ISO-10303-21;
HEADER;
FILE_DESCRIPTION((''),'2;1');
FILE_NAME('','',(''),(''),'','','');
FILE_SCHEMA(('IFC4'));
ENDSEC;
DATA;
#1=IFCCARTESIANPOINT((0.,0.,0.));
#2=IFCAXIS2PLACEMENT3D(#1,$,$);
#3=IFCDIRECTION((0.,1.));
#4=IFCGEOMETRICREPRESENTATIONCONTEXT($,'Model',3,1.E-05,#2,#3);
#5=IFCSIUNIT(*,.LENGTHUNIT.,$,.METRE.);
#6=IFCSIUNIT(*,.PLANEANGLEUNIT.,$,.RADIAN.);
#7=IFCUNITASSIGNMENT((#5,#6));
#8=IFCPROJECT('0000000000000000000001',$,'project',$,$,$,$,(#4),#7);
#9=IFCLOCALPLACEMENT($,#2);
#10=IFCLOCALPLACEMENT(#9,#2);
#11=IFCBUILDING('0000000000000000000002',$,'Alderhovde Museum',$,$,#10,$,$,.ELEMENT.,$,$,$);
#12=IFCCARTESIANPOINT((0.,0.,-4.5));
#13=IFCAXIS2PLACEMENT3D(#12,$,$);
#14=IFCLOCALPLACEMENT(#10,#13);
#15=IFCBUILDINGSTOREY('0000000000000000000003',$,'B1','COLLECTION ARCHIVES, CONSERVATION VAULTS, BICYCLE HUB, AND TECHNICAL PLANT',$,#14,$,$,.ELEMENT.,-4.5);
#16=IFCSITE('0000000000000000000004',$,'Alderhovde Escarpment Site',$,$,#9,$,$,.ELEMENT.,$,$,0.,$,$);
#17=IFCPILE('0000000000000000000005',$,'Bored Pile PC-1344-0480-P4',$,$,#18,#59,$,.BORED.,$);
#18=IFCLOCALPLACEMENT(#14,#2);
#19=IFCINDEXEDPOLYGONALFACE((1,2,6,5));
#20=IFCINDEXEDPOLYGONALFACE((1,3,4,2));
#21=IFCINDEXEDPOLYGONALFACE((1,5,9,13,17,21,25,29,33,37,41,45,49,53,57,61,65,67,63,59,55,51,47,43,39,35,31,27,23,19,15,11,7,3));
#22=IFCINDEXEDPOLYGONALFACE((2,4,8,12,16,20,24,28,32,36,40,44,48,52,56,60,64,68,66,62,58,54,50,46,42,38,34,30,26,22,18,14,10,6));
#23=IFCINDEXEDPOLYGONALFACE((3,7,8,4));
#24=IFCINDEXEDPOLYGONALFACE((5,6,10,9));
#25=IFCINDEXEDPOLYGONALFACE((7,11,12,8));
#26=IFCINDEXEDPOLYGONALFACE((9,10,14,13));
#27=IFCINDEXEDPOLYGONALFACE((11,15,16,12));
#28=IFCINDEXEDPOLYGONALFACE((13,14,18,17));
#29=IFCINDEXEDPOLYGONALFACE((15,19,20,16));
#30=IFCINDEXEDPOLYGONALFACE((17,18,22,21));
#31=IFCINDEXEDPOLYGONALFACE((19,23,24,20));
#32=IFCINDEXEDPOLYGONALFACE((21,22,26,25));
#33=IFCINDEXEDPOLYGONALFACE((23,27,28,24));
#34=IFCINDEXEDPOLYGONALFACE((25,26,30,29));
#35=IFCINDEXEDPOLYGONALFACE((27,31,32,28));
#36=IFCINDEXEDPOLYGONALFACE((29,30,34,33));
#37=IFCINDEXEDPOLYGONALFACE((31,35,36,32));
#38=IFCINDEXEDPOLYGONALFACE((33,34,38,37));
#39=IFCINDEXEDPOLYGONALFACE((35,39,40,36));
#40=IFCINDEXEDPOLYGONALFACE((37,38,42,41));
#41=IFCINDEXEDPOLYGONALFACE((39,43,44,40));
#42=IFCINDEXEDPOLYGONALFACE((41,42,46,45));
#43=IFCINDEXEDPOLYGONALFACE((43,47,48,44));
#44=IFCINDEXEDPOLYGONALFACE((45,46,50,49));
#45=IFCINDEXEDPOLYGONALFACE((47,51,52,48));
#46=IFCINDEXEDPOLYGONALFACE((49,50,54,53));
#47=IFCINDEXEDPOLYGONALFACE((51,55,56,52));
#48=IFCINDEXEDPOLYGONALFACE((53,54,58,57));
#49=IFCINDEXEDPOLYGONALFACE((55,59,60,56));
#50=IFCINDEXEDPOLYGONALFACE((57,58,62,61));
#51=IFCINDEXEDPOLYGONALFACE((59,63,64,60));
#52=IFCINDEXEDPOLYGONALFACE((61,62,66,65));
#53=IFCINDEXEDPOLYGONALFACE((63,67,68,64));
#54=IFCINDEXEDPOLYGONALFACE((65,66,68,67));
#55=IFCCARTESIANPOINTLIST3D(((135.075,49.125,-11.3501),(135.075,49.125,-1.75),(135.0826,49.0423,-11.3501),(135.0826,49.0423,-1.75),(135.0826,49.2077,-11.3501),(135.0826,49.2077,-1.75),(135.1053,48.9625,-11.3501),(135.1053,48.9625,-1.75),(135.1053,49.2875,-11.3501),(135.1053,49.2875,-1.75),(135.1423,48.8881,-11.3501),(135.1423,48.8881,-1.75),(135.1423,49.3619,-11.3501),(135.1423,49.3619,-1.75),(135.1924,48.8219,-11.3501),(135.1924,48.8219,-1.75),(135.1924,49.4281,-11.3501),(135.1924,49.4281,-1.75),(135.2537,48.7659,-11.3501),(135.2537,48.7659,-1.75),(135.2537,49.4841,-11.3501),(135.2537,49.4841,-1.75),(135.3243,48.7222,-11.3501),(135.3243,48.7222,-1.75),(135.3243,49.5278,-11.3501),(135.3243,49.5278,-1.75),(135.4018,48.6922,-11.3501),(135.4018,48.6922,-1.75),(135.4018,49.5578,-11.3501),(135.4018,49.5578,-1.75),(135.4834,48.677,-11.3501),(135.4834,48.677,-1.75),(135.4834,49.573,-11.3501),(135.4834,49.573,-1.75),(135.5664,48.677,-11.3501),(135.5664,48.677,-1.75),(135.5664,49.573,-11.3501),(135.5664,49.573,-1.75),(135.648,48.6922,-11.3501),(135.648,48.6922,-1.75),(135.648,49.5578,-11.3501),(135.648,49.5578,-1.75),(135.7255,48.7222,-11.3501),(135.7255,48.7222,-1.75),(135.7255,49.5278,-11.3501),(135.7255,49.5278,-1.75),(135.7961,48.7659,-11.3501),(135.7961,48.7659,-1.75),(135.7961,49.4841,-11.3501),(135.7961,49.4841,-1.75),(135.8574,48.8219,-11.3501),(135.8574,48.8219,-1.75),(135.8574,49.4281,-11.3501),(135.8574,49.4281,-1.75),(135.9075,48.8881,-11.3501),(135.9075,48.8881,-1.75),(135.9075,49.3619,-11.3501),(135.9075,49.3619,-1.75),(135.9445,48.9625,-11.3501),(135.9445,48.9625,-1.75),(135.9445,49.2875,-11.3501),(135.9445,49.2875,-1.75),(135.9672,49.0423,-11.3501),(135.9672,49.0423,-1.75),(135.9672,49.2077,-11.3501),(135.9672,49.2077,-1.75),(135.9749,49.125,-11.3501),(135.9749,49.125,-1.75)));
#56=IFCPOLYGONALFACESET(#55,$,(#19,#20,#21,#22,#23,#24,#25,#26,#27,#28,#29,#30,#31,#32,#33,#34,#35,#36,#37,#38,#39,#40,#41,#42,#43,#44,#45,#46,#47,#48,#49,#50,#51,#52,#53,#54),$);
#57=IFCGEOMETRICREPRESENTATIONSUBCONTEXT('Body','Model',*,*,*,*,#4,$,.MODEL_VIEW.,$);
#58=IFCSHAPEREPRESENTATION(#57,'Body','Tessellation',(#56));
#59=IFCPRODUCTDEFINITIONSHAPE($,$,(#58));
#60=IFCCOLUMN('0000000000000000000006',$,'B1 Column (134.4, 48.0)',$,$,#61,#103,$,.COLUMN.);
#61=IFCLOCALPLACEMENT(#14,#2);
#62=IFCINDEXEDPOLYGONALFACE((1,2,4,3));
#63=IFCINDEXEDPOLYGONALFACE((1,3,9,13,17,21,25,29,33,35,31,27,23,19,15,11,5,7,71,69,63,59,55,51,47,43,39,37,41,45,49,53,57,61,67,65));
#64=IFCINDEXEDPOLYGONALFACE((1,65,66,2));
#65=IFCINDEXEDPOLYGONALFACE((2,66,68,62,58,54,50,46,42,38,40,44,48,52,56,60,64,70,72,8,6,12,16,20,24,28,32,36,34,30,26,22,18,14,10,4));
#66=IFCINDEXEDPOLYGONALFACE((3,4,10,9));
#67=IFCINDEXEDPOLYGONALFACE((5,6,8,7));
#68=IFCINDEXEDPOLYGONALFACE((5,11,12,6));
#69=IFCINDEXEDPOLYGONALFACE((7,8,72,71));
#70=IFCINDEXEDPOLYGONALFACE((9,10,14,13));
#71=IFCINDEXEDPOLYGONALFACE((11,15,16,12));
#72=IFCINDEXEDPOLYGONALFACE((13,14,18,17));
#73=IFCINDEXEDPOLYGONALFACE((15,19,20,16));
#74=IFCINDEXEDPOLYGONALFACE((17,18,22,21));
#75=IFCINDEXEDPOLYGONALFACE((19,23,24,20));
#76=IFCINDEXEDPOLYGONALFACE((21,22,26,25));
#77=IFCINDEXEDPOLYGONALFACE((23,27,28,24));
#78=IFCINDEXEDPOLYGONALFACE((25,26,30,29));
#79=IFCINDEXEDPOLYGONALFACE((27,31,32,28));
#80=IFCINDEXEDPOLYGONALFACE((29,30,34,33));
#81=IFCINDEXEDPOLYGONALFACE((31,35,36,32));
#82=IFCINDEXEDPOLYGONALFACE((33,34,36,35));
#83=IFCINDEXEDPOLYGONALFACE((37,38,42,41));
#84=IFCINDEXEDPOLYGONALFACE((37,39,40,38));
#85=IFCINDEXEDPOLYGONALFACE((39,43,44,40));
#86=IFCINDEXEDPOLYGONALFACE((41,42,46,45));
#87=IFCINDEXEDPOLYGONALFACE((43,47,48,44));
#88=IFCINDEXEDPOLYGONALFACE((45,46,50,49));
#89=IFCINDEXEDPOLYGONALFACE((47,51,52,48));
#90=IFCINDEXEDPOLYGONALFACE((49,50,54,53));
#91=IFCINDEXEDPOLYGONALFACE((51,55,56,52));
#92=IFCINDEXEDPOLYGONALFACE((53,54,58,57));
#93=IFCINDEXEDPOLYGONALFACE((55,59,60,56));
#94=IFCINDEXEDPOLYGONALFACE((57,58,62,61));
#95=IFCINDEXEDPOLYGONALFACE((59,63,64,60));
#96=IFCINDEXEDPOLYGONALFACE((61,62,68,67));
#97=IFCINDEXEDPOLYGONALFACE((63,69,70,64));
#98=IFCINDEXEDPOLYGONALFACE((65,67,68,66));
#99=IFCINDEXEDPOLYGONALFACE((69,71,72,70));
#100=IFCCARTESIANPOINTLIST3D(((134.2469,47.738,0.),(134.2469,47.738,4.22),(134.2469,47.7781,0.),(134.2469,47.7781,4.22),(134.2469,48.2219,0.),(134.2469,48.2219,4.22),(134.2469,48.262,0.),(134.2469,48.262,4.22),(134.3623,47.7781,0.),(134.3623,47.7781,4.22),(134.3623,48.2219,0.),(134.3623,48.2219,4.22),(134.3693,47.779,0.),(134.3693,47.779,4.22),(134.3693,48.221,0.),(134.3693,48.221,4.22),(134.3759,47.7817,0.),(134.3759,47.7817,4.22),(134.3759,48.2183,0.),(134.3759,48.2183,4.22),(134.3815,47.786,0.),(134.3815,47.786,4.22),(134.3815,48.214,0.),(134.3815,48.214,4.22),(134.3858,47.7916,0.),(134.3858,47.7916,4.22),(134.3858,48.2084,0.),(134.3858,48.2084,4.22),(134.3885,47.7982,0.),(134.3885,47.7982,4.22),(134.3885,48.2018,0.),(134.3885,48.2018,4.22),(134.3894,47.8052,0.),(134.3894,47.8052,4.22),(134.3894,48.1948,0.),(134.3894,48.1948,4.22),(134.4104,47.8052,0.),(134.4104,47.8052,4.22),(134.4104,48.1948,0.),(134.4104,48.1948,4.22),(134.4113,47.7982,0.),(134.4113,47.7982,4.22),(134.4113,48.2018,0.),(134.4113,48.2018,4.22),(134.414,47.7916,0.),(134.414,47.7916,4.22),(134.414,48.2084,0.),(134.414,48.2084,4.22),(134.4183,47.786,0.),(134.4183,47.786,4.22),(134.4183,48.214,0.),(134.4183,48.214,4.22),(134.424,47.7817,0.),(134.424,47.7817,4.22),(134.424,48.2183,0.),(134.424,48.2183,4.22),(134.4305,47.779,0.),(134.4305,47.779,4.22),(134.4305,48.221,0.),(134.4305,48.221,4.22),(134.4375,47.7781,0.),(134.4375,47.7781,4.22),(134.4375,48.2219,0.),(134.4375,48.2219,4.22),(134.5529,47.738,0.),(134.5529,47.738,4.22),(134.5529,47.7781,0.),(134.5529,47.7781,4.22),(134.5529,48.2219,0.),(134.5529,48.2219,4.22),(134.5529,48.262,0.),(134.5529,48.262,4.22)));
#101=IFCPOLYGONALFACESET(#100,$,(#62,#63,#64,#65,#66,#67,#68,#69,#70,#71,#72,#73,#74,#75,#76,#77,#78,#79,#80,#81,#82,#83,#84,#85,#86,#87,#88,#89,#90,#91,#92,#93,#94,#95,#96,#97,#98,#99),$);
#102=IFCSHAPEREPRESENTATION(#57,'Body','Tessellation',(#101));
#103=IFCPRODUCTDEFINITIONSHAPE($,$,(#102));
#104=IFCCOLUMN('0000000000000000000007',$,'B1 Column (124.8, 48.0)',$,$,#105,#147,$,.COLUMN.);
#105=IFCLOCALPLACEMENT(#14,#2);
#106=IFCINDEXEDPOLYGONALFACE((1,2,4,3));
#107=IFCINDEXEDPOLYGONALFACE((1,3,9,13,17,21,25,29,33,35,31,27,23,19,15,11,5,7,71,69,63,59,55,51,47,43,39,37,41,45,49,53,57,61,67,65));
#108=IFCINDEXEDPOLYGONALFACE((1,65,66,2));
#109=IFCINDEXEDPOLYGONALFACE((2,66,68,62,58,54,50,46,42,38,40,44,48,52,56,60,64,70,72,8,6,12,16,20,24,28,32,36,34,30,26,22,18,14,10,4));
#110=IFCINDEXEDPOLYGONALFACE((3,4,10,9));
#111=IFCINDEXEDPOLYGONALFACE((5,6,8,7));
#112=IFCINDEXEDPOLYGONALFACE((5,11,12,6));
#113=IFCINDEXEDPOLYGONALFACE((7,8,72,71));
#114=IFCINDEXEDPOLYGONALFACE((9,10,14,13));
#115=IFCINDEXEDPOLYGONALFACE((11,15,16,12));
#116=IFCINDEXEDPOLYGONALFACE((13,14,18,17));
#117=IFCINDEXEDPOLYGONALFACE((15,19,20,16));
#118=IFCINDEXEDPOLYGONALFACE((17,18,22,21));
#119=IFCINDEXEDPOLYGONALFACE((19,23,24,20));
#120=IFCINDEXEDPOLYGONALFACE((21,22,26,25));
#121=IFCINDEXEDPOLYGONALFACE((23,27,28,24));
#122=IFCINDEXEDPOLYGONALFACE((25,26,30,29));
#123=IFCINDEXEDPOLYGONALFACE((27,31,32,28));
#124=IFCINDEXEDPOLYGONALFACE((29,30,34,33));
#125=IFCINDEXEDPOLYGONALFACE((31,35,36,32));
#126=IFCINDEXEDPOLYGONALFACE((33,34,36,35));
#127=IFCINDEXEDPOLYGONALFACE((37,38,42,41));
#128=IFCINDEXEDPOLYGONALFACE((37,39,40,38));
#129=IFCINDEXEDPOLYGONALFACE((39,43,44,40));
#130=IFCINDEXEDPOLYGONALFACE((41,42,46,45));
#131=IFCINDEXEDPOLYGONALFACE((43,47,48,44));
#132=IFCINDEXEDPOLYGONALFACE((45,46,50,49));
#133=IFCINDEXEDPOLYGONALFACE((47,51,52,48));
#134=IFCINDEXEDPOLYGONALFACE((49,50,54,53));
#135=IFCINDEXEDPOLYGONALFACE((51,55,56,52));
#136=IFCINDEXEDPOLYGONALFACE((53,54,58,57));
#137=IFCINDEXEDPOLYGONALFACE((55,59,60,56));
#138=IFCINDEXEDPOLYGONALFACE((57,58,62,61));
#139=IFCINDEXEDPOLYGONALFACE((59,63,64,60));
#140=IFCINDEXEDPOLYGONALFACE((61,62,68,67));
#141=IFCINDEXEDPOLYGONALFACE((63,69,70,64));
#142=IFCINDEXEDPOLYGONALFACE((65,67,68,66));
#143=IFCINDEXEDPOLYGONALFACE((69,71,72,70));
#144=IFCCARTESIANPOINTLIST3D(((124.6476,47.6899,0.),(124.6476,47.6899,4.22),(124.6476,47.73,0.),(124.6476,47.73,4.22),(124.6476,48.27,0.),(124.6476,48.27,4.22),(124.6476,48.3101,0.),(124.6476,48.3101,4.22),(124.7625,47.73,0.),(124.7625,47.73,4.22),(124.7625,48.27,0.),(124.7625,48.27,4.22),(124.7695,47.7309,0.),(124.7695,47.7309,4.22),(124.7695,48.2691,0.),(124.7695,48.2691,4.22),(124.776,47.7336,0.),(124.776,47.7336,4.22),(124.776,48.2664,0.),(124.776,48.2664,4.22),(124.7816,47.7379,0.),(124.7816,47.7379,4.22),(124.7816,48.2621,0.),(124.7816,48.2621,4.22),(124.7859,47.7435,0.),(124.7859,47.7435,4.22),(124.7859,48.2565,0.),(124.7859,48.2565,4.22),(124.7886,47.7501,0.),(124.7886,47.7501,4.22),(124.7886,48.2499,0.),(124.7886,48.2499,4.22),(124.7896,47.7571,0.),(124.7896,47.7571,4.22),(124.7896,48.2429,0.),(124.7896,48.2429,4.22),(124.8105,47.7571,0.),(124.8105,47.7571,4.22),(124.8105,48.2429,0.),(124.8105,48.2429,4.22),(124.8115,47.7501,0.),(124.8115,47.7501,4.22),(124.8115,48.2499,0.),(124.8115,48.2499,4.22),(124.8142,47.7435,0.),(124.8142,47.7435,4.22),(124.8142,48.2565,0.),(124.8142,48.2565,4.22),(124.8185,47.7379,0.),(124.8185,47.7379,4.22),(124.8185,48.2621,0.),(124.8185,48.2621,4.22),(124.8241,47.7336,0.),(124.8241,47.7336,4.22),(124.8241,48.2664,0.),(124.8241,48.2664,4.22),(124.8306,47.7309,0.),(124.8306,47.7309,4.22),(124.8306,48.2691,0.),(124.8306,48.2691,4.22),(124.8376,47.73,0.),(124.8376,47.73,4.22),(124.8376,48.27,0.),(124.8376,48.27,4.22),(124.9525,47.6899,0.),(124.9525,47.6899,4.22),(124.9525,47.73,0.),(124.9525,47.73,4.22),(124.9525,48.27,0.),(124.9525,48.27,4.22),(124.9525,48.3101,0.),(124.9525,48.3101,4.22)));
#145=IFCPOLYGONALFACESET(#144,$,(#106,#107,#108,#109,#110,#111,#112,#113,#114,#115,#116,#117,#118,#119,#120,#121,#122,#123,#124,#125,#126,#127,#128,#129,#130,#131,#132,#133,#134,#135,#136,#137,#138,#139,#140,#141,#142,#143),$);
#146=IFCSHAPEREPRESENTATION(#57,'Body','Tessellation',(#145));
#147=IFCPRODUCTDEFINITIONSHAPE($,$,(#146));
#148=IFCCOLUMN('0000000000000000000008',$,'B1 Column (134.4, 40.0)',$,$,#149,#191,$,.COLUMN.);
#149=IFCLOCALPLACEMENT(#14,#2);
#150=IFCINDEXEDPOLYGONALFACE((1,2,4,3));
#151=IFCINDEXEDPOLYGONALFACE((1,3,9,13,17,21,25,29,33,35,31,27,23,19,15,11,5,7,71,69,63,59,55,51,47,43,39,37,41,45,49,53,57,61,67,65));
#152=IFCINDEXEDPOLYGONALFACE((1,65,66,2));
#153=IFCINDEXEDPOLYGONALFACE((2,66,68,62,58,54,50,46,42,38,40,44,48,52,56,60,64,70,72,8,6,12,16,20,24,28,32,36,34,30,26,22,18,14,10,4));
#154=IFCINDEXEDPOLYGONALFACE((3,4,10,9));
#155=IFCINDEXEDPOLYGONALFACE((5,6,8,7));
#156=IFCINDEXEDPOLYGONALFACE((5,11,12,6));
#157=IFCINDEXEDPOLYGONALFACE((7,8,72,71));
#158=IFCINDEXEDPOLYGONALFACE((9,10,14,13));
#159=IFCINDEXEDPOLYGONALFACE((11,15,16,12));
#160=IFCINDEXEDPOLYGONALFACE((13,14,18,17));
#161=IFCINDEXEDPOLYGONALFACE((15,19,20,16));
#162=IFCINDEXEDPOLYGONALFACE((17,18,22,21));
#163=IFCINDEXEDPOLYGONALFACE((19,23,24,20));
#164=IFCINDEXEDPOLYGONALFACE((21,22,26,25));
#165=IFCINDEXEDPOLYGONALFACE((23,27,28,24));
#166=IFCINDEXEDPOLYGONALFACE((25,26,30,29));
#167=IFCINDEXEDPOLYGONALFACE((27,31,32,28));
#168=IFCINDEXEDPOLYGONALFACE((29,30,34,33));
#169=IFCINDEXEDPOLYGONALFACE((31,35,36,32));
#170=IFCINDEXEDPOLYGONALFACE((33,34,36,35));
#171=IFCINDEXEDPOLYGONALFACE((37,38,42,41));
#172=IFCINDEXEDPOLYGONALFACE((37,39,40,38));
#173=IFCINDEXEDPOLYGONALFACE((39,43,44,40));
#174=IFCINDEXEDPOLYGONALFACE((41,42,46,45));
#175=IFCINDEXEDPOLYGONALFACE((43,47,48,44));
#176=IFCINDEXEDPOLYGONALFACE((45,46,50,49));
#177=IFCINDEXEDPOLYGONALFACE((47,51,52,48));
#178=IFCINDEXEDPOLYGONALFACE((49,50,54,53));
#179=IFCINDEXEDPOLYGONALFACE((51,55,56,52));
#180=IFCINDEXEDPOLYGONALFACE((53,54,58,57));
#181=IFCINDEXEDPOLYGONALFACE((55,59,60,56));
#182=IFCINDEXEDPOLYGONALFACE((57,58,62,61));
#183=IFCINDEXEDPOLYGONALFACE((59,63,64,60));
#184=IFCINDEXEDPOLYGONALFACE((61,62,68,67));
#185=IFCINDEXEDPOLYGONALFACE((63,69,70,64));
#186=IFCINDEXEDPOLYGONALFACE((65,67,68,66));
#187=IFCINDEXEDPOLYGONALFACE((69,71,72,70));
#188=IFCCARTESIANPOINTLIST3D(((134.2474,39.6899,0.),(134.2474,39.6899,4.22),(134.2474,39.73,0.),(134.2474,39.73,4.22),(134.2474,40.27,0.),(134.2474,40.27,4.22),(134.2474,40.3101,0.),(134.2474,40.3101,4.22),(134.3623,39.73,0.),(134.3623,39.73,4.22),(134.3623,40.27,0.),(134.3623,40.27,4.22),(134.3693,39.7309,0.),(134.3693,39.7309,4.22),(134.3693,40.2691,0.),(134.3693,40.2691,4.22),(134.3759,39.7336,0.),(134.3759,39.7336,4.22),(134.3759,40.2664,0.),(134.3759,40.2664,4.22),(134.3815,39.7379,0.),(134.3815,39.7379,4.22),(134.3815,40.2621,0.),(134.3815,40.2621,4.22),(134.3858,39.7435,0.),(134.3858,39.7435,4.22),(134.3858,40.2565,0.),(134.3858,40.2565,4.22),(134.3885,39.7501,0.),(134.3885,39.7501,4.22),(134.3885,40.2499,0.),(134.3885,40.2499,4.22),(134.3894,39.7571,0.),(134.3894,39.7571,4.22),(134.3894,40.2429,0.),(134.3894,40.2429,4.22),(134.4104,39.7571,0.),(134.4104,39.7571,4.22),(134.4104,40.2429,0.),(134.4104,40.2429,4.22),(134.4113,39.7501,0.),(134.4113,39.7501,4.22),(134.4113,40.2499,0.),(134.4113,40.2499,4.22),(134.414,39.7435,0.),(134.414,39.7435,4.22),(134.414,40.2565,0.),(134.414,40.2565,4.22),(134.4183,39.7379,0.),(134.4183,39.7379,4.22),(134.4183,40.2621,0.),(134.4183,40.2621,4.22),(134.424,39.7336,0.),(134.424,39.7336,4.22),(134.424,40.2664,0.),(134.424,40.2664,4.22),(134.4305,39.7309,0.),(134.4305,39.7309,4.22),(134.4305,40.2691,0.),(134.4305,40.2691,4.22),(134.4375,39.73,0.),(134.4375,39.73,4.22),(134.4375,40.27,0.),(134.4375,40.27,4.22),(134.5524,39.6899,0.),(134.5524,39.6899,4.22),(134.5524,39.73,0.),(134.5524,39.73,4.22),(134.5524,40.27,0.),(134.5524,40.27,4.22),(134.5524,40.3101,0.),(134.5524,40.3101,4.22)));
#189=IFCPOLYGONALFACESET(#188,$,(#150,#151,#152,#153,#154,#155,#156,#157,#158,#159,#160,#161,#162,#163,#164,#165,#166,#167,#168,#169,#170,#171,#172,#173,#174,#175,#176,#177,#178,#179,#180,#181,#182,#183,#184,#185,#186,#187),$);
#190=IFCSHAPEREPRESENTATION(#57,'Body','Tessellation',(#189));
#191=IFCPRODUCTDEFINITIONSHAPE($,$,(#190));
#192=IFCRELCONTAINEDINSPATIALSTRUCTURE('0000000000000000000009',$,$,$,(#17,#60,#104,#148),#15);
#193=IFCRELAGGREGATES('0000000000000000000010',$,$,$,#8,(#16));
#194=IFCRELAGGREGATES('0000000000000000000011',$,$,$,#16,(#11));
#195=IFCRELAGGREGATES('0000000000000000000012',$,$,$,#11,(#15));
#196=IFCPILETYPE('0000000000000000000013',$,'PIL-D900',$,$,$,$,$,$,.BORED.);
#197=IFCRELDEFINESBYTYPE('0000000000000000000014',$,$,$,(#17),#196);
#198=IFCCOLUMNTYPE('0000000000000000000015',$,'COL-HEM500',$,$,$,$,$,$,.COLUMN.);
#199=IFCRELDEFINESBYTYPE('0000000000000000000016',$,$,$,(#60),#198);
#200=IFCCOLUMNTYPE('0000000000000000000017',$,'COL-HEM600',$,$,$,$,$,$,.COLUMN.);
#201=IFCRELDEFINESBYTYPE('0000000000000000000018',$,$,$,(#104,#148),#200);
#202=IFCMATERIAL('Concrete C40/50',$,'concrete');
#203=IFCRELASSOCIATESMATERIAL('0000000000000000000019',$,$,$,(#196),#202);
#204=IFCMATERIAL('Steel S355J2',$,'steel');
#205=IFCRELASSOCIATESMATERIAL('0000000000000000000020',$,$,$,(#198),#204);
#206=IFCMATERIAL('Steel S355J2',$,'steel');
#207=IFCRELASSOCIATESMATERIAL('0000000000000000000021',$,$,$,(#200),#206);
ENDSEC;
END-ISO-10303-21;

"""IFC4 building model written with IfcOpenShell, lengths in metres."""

from ifc_helpers import new_model, si_unit, direction, frame, origin, origin_2d, place, context, subcontext, project, spatial, circle, i_section, extrude, material, material_profile, profile_set, type_object, element, save


model = new_model("IFC4")

# Units and contexts
model_context = context("Model", 3, precision=1e-05, world=origin(), true_north=direction((0.0, 1.0)))
body_context = subcontext(model_context, "Body", "Model", "MODEL_VIEW")
ifc_project = project(units=[si_unit("LENGTHUNIT", "METRE"), si_unit("PLANEANGLEUNIT", "RADIAN")], contexts=[model_context])

# Site, building, storey
site_placement = place(None, origin())
site = spatial("IfcSite", under=ifc_project, at=site_placement, Name="Alderhovde Escarpment Site", CompositionType="ELEMENT", RefElevation=0.0)
building_placement = place(site_placement, origin())
building = spatial("IfcBuilding", under=site, at=building_placement, Name="Alderhovde Museum", CompositionType="ELEMENT")
storey_placement = place(building_placement, frame((0.0, 0.0, -4.5)))
storey = spatial("IfcBuildingStorey", under=building, at=storey_placement, Name="B1", Description="COLLECTION ARCHIVES, CONSERVATION VAULTS, BICYCLE HUB, AND TECHNICAL PLANT", CompositionType="ELEMENT", Elevation=-4.5)

# Pile
ifc_material_1 = material(Name="Concrete C40/50", Category="concrete")
ifc_material_profile_1 = material_profile(ifc_material_1, circle(Radius=0.45, at=origin_2d()), Name="PILE-D900")
ifc_profile_set_1 = profile_set([ifc_material_profile_1], Name="Concrete C40/50")
pile_type_1 = type_object("IfcPileType", Name="PIL-D900", PredefinedType="BORED", material=ifc_profile_set_1)
for number, where, z_axis, x_axis, name in (
    (1, (135.5249, 49.125, -1.75), (0.0, 0.0, -1.0), (1.0, 0.0, 0.0), "Bored Pile PC-1344-0480-P4"),
):
    element("IfcPile", number, at=place(storey_placement, frame(where, z_axis=z_axis, x_axis=x_axis)), inside=storey, type_object=pile_type_1, Name=name, PredefinedType="BORED", context=body_context, shape_type="SweptSolid", body=[
        extrude(circle(Radius=0.45, at=origin_2d()), origin(), (0.0, 0.0, 1.0), 9.6001),
    ])

# Columns
ifc_material_2 = material(Name="Steel S355J2", Category="steel")
ifc_material_profile_2 = material_profile(ifc_material_2, i_section(OverallWidth=0.3059, OverallDepth=0.5239, WebThickness=0.021, FlangeThickness=0.04, FilletRadius=0.0271, at=origin_2d()), Name="HEM 500")
ifc_profile_set_2 = profile_set([ifc_material_profile_2], Name="Steel S355J2")
column_type_1 = type_object("IfcColumnType", Name="COL-HEM500", PredefinedType="COLUMN", material=ifc_profile_set_2)
column_placement = place(storey_placement, frame((134.3999, 48.0, 0.0), z_axis=(0.0, 0.0, 1.0), x_axis=(1.0, 0.0, 0.0)))
element("IfcColumn", 2, at=column_placement, inside=storey, type_object=column_type_1, Name="B1 Column (134.4, 48.0)", PredefinedType="COLUMN", context=body_context, shape_type="SweptSolid", body=[
    extrude(i_section(OverallWidth=0.3059, OverallDepth=0.5239, WebThickness=0.021, FlangeThickness=0.04, FilletRadius=0.0271, at=origin_2d()), origin(), (0.0, 0.0, 1.0), 4.22),
])
ifc_material_3 = material(Name="Steel S355J2", Category="steel")
ifc_material_profile_3 = material_profile(ifc_material_3, i_section(OverallWidth=0.3049, OverallDepth=0.6201, WebThickness=0.021, FlangeThickness=0.04, FilletRadius=0.0271, at=origin_2d()), Name="HEM 600")
ifc_profile_set_3 = profile_set([ifc_material_profile_3], Name="Steel S355J2")
column_type_2 = type_object("IfcColumnType", Name="COL-HEM600", PredefinedType="COLUMN", material=ifc_profile_set_3)
for number, where, z_axis, x_axis, name in (
    (3, (124.8, 48.0, 0.0), (0.0, 0.0, 1.0), (1.0, 0.0, 0.0), "B1 Column (124.8, 48.0)"),
    (4, (134.3999, 40.0, 0.0), (0.0, 0.0, 1.0), (1.0, 0.0, 0.0), "B1 Column (134.4, 40.0)"),
):
    element("IfcColumn", number, at=place(storey_placement, frame(where, z_axis=z_axis, x_axis=x_axis)), inside=storey, type_object=column_type_2, Name=name, PredefinedType="COLUMN", context=body_context, shape_type="SweptSolid", body=[
        extrude(i_section(OverallWidth=0.3049, OverallDepth=0.6201, WebThickness=0.021, FlangeThickness=0.04, FilletRadius=0.0271, at=origin_2d()), origin(), (0.0, 0.0, 1.0), 4.22),
    ])

save(model, "model.ifc")
